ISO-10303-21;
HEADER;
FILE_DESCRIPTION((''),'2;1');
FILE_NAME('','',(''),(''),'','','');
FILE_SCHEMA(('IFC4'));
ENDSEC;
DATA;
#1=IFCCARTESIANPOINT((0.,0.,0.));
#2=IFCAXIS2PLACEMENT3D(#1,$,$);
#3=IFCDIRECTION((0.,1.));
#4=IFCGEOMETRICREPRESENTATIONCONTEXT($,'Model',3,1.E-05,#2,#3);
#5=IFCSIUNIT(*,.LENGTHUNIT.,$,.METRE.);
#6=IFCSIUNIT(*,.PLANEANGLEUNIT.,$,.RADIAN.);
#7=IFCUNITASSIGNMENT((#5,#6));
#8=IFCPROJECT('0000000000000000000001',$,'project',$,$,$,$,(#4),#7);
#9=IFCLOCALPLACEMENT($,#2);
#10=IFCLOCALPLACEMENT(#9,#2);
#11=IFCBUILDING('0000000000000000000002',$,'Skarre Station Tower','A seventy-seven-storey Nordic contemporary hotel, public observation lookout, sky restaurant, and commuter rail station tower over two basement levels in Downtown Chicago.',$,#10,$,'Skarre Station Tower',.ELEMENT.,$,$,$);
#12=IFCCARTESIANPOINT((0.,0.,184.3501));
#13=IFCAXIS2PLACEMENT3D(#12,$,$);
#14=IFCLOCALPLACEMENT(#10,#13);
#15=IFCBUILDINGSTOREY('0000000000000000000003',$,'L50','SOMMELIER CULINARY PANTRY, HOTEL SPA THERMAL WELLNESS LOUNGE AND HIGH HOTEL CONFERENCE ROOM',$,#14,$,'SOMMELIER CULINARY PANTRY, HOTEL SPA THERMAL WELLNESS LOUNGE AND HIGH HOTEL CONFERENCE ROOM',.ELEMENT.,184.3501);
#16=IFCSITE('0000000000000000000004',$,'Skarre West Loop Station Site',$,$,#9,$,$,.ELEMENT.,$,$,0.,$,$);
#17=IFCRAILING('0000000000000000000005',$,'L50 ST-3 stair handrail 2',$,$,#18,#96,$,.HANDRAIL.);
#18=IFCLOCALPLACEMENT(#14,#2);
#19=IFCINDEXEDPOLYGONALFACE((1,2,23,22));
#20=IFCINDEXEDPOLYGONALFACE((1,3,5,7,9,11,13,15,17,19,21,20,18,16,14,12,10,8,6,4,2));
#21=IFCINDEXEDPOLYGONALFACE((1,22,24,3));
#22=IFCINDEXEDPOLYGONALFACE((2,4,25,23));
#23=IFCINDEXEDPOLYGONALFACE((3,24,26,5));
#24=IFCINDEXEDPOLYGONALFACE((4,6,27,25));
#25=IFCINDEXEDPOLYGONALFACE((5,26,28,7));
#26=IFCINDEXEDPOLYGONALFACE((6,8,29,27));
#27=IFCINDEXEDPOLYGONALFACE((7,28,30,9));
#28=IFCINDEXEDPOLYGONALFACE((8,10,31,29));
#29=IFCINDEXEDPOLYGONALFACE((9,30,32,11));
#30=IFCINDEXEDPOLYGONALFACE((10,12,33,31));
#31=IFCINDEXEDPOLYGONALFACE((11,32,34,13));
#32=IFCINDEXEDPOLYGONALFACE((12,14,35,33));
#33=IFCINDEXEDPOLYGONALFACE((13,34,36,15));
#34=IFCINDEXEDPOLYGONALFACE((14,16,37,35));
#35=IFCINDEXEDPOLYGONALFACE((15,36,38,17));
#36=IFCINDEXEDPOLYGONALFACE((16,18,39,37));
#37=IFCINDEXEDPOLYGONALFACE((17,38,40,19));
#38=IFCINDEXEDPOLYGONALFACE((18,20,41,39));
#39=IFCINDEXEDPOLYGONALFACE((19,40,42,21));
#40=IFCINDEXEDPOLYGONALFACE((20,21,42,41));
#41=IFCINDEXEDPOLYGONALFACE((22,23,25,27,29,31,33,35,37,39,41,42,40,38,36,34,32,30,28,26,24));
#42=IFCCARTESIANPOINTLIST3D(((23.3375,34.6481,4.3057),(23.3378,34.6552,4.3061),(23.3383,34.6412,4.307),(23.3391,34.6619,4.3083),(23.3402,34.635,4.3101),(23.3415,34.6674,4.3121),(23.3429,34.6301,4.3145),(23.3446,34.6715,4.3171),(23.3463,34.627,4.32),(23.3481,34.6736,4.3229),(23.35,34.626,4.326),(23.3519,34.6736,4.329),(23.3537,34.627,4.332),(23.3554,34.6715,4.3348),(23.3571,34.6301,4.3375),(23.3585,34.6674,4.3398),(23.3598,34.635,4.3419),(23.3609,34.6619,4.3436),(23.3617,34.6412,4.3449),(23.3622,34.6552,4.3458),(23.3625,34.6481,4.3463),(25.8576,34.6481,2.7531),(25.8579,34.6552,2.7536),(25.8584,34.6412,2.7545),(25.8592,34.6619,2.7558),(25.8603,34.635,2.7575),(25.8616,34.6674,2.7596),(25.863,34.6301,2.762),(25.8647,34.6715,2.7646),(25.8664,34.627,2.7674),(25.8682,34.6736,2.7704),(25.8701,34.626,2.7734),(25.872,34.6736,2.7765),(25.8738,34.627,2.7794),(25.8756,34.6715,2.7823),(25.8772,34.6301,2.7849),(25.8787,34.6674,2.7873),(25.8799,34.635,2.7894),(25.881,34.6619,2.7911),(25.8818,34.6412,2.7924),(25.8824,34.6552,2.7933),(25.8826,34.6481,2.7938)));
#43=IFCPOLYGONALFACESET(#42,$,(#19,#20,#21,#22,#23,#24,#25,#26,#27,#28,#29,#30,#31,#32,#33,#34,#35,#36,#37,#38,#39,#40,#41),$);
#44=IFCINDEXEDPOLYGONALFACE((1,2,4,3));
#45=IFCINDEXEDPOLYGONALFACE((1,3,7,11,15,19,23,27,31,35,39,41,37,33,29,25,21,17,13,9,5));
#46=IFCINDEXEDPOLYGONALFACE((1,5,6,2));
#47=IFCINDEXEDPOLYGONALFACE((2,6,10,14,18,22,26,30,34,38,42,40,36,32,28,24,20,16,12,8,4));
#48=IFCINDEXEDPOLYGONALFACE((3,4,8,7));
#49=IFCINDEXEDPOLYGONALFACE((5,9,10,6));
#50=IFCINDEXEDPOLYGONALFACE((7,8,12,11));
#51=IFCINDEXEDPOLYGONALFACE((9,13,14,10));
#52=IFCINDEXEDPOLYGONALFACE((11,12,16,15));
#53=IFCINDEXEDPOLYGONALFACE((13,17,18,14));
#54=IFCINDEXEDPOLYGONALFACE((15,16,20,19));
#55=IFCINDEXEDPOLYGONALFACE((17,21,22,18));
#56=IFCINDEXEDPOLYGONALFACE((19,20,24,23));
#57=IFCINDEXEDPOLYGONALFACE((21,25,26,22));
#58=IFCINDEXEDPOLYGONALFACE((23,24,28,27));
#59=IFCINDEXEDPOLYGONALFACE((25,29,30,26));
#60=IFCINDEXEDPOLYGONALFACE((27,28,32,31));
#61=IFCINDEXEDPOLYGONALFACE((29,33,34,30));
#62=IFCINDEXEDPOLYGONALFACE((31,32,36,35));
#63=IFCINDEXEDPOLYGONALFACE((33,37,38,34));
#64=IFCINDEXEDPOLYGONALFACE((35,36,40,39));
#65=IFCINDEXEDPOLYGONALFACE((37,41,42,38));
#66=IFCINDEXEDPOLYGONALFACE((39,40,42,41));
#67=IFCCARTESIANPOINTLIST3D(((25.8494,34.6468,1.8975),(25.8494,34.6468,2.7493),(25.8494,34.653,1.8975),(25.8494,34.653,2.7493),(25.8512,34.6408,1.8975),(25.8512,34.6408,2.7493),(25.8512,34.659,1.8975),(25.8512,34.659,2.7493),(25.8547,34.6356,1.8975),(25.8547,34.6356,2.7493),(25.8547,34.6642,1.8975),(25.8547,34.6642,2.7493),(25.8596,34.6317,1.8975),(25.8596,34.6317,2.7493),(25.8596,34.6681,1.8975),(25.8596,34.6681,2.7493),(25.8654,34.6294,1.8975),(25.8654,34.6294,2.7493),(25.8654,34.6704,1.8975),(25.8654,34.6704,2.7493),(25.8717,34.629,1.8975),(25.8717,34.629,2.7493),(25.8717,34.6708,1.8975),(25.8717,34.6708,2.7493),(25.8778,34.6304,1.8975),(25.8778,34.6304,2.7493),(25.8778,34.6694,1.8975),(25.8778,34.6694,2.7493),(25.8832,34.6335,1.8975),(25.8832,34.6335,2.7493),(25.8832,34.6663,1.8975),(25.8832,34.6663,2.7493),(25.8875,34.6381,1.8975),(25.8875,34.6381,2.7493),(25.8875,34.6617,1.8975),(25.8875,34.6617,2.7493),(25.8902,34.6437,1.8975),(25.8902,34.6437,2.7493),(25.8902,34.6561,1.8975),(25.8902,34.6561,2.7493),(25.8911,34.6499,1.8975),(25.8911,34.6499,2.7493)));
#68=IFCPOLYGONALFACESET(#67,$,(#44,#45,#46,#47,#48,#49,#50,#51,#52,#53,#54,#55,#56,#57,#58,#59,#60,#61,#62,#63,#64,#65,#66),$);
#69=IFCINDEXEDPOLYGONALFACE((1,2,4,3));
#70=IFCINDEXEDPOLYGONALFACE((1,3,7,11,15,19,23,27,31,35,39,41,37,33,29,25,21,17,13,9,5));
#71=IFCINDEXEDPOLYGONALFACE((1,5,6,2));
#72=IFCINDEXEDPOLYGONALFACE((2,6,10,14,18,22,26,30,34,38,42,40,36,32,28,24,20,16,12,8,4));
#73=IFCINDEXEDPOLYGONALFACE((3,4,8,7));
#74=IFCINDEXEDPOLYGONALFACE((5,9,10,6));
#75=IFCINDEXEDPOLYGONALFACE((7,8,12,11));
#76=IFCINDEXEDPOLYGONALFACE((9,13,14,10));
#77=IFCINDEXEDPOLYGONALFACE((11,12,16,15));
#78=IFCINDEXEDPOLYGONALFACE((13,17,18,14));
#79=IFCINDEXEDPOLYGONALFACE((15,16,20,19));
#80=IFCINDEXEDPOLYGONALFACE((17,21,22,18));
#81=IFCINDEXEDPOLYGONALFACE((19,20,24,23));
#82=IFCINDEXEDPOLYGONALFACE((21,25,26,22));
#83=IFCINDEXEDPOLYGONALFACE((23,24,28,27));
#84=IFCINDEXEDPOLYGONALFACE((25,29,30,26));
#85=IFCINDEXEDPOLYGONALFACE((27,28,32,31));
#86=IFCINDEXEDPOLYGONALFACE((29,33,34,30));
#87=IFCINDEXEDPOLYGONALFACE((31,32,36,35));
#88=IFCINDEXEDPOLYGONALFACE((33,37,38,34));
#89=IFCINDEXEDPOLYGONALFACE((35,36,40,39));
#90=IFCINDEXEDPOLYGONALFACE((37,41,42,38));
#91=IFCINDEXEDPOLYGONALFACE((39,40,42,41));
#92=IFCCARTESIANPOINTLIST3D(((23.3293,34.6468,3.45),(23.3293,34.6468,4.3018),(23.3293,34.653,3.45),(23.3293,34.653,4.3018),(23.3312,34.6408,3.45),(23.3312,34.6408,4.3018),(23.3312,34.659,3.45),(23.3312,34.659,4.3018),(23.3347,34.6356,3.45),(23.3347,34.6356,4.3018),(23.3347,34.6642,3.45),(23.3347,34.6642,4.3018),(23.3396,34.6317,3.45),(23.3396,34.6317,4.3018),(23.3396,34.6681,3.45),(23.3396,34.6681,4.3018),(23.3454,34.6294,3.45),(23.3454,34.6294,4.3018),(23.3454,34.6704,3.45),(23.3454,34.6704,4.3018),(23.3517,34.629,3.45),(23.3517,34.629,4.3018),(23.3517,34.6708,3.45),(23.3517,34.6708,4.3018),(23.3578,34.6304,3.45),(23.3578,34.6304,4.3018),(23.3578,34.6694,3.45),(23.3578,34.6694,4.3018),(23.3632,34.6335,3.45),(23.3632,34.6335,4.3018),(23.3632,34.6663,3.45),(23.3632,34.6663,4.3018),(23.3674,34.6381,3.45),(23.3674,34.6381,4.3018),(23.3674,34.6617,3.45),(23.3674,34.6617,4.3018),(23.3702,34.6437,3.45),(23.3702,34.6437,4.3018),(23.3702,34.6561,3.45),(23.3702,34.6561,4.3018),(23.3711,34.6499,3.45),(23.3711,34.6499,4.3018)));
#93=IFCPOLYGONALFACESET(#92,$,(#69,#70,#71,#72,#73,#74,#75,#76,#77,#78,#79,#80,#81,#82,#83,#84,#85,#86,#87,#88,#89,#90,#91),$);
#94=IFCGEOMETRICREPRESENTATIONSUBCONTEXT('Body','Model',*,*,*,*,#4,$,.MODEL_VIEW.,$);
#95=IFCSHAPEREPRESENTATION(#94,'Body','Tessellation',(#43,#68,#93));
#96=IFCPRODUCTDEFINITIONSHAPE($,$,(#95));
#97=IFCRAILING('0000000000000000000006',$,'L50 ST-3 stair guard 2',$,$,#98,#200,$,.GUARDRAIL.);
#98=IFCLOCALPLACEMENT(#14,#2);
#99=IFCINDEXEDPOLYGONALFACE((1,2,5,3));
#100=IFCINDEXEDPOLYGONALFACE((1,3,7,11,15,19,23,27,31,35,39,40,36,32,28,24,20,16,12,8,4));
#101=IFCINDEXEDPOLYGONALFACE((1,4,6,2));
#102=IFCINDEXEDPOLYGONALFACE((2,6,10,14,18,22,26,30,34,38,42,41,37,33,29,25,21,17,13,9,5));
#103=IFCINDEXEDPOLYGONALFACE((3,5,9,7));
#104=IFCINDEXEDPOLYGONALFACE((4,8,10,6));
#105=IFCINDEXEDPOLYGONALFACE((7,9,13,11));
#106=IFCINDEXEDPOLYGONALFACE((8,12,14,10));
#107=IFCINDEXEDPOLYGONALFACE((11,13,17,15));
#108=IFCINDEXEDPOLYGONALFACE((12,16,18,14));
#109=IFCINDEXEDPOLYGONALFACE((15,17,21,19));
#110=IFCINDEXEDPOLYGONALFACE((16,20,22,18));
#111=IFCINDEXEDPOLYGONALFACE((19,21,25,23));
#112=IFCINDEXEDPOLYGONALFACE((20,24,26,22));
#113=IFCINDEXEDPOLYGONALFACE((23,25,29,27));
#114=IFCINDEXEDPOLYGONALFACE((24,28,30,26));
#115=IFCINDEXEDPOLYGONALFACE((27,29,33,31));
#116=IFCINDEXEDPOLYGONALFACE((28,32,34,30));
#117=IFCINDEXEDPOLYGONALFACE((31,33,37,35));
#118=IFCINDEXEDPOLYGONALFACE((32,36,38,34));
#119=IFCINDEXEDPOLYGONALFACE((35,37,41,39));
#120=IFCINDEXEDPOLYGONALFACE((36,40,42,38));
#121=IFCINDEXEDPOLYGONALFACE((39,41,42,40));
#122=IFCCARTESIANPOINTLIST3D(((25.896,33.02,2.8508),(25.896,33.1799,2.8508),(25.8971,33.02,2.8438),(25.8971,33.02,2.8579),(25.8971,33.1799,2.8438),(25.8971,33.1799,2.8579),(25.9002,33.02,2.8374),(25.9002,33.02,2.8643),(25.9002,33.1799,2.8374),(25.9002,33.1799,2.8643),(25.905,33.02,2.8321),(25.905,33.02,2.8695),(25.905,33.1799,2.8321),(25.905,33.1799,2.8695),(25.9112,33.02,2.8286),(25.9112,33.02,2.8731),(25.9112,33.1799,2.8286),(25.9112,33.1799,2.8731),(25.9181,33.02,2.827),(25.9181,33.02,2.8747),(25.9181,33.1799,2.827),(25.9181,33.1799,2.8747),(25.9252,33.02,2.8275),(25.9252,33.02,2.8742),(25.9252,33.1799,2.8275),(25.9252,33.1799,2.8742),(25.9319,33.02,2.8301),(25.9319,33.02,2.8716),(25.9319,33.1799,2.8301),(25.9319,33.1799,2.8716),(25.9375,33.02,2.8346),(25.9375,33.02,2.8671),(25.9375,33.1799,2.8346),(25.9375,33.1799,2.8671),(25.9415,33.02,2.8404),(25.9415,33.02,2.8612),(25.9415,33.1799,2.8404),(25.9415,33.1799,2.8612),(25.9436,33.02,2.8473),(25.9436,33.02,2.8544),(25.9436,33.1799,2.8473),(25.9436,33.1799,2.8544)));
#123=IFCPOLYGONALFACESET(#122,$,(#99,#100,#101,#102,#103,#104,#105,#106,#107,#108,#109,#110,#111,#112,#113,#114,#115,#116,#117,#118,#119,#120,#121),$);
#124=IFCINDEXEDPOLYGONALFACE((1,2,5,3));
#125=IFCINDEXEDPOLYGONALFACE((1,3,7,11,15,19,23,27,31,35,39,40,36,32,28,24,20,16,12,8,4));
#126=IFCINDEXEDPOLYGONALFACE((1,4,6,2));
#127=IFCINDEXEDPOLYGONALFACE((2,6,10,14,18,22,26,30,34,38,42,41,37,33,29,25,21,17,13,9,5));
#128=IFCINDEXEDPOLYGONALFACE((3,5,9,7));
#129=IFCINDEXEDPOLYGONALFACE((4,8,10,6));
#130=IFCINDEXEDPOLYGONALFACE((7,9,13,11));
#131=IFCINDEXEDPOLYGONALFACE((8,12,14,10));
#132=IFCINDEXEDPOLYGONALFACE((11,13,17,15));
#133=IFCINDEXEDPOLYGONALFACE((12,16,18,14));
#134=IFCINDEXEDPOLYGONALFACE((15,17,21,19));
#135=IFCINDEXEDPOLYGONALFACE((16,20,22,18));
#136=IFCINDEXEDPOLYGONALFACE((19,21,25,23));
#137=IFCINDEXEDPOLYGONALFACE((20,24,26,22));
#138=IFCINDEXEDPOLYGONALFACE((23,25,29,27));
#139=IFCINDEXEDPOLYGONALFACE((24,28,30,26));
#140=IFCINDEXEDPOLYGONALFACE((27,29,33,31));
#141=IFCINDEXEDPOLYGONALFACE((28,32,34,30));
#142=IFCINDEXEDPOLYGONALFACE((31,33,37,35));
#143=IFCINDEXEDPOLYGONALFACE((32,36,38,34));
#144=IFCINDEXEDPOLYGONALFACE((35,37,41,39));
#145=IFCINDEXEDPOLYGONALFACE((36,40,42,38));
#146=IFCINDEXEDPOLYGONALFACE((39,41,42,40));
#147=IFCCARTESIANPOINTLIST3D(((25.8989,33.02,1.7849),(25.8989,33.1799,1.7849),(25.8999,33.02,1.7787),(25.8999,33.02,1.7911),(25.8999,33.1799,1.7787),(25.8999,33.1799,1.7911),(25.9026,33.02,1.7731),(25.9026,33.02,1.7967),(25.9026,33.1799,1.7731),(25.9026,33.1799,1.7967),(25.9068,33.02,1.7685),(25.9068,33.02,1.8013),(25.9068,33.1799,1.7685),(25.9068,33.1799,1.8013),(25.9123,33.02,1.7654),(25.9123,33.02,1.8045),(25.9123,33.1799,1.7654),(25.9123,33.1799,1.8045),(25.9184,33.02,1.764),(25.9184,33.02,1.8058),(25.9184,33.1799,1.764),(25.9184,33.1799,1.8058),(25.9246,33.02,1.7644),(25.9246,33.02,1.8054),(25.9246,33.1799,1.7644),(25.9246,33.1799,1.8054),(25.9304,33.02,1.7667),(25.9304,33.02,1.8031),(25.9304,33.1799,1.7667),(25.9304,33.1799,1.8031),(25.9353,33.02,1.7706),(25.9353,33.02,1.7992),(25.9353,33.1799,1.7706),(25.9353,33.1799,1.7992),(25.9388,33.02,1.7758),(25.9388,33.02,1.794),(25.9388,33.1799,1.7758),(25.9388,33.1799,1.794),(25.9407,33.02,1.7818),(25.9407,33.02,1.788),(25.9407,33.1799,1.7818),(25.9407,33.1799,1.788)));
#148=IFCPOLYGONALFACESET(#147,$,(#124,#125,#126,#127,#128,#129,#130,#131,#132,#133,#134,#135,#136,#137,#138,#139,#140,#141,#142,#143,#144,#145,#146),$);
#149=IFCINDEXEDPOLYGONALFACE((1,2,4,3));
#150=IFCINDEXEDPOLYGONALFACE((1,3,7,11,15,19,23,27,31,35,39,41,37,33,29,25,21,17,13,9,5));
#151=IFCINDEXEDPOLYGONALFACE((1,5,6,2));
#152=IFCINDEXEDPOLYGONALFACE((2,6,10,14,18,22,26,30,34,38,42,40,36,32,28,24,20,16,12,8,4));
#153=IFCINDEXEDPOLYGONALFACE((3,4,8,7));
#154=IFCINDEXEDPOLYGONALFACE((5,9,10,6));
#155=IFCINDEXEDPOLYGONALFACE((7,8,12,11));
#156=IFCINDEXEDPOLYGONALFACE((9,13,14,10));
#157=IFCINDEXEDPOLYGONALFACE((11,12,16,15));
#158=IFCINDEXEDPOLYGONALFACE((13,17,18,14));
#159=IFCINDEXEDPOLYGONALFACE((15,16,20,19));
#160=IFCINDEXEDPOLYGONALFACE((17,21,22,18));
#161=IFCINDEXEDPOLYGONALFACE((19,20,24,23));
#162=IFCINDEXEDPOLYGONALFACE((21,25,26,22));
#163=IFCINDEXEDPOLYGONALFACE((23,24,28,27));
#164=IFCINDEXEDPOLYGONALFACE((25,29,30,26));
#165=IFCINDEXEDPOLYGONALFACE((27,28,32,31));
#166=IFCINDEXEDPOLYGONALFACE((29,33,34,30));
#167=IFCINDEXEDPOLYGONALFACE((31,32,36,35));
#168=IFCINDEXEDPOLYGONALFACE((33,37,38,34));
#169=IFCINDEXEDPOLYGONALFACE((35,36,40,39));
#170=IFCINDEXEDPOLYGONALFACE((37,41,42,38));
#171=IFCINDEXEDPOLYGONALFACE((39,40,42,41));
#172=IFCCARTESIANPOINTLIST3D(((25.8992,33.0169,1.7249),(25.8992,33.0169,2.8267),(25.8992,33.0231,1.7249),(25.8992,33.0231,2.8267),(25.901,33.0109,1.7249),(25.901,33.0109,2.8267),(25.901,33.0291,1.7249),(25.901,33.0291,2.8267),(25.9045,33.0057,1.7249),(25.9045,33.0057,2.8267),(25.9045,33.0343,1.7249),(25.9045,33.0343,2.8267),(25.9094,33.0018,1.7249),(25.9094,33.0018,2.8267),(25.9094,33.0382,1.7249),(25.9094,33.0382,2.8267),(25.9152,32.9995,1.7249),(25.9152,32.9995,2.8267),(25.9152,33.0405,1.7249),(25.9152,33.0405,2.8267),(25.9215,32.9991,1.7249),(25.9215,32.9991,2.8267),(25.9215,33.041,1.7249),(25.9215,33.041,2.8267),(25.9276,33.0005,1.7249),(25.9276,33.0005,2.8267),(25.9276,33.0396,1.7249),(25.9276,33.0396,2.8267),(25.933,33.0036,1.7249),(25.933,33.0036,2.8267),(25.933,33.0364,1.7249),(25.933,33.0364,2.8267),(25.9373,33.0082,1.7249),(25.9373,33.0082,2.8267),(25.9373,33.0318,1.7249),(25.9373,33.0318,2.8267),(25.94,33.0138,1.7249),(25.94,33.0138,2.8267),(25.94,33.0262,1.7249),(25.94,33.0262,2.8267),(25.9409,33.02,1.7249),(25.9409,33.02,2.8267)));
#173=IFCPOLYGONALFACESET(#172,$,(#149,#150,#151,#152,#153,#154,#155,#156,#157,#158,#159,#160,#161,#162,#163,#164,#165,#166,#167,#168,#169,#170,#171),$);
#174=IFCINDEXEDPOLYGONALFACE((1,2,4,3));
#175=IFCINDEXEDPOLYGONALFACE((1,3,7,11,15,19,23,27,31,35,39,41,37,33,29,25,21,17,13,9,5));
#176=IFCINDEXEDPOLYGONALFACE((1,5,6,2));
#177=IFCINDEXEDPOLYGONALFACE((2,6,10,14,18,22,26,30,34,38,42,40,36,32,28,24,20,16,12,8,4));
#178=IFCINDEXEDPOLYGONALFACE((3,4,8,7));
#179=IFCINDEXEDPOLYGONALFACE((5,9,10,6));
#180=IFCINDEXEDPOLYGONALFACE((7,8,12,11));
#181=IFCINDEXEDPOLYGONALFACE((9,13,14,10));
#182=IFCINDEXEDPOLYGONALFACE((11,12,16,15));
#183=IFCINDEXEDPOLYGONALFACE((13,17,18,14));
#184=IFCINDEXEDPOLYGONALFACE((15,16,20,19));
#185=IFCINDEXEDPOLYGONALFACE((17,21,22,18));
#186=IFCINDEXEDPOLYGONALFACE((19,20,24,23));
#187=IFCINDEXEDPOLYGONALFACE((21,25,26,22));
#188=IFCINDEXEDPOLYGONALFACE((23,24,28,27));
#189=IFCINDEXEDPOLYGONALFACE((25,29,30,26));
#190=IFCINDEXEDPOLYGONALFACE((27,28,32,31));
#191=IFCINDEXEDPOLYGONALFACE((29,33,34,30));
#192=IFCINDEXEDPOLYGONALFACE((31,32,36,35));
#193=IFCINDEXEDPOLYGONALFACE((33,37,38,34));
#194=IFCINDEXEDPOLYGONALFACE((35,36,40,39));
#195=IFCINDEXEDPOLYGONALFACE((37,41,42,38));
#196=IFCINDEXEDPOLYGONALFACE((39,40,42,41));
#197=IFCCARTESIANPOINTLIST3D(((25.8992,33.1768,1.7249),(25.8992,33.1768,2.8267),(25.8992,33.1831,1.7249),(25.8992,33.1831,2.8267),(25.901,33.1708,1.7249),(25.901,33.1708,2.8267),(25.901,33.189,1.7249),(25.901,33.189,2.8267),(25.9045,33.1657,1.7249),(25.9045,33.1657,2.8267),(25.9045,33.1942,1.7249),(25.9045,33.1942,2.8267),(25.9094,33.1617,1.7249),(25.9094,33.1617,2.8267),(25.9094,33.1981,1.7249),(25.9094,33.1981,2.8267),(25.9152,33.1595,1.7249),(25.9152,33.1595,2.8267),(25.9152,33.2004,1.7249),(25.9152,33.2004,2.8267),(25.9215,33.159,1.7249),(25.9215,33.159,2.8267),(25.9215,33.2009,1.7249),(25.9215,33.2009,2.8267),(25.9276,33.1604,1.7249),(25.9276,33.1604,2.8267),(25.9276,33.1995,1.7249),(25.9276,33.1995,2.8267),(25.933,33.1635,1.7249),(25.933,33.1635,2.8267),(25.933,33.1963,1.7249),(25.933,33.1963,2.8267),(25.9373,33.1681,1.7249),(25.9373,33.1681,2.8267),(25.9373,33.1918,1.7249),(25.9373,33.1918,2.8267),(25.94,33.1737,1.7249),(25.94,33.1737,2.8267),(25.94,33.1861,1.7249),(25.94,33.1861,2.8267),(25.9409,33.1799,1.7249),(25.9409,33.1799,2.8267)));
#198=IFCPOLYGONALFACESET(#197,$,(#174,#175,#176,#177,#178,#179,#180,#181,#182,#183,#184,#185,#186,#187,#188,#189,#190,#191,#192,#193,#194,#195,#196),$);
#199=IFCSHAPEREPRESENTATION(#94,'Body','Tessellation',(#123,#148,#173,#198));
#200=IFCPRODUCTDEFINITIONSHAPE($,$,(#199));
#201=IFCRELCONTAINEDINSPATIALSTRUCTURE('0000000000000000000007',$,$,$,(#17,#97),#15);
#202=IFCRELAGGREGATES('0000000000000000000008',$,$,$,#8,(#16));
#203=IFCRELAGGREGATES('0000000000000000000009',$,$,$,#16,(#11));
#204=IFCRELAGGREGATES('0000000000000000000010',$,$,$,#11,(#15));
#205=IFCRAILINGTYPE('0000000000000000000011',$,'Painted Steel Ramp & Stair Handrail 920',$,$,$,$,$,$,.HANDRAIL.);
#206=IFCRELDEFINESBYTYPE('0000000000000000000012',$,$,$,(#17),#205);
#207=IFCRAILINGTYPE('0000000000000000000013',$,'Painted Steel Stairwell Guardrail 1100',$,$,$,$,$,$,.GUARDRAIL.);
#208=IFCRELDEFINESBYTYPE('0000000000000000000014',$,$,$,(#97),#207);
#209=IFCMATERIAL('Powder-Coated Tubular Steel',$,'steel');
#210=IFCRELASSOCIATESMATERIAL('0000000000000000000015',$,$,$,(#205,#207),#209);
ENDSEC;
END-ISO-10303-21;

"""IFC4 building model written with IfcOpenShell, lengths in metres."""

from ifc_helpers import new_model, si_unit, direction, frame, origin, origin_2d, place, context, subcontext, project, spatial, circle, extrude, material, type_object, element, save


model = new_model("IFC4")

# Units and contexts
model_context = context("Model", 3, precision=1e-05, world=origin(), true_north=direction((0.0, 1.0)))
body_context = subcontext(model_context, "Body", "Model", "MODEL_VIEW")
ifc_project = project(units=[si_unit("LENGTHUNIT", "METRE"), si_unit("PLANEANGLEUNIT", "RADIAN")], contexts=[model_context])

# Site, building, storey
site_placement = place(None, origin())
site = spatial("IfcSite", under=ifc_project, at=site_placement, Name="Skarre West Loop Station Site", CompositionType="ELEMENT", RefElevation=0.0)
building_placement = place(site_placement, origin())
building = spatial("IfcBuilding", under=site, at=building_placement, Name="Skarre Station Tower", Description="A seventy-seven-storey Nordic contemporary hotel, public observation lookout, sky restaurant, and commuter rail station tower over two basement levels in Downtown Chicago.", LongName="Skarre Station Tower", CompositionType="ELEMENT")
storey_placement = place(building_placement, frame((0.0, 0.0, 184.3501)))
storey = spatial("IfcBuildingStorey", under=building, at=storey_placement, Name="L50", Description="SOMMELIER CULINARY PANTRY, HOTEL SPA THERMAL WELLNESS LOUNGE AND HIGH HOTEL CONFERENCE ROOM", LongName="SOMMELIER CULINARY PANTRY, HOTEL SPA THERMAL WELLNESS LOUNGE AND HIGH HOTEL CONFERENCE ROOM", CompositionType="ELEMENT", Elevation=184.3501)

# Railings
ifc_material_1 = material(Name="Powder-Coated Tubular Steel", Category="steel")
railing_type_1 = type_object("IfcRailingType", Name="Painted Steel Ramp & Stair Handrail 920", PredefinedType="HANDRAIL", material=ifc_material_1)
railing_1_placement = place(storey_placement, frame((25.8701, 34.6499, 1.8975)))
element("IfcRailing", 1, at=railing_1_placement, inside=storey, type_object=railing_type_1, Name="L50 ST-3 stair handrail 2", PredefinedType="HANDRAIL", context=body_context, shape_type="SweptSolid", body=[
    extrude(circle(Radius=0.0239, at=origin_2d()), frame((0.0, 0.0, 0.876), z_axis=(-0.8514, 0.0, 0.524516), x_axis=(0.0, -1.0, 0.0)), (0.0, 0.0, 1.0), 2.96),
    extrude(circle(Radius=0.021, at=origin_2d()), origin(), (0.0, 0.0, 1.0), 0.8518),
    extrude(circle(Radius=0.021, at=origin_2d()), frame((-2.52, 0.0, 1.5525)), (0.0, 0.0, 1.0), 0.8518),
])
railing_type_2 = type_object("IfcRailingType", Name="Painted Steel Stairwell Guardrail 1100", PredefinedType="GUARDRAIL", material=ifc_material_1)
railing_2_placement = place(storey_placement, frame((25.9199, 33.02, 1.7249)))
element("IfcRailing", 2, at=railing_2_placement, inside=storey, type_object=railing_type_2, Name="L50 ST-3 stair guard 2", PredefinedType="GUARDRAIL", context=body_context, shape_type="SweptSolid", body=[
    extrude(circle(Radius=0.0239, at=origin_2d()), frame((0.0, 0.0, 1.126), z_axis=(0.0, 1.0, 0.0), x_axis=(-1.0, 0.0, 0.0)), (0.0, 0.0, 1.0), 0.1599),
    extrude(circle(Radius=0.021, at=origin_2d()), frame((0.0, 0.0, 0.0601), z_axis=(0.0, 1.0, 0.0), x_axis=(-1.0, 0.0, 0.0)), (0.0, 0.0, 1.0), 0.1599),
    extrude(circle(Radius=0.021, at=origin_2d()), origin(), (0.0, 0.0, 1.0), 1.1018),
    extrude(circle(Radius=0.021, at=origin_2d()), frame((0.0, 0.1599, 0.0)), (0.0, 0.0, 1.0), 1.1018),
])

save(model, "model.ifc")
